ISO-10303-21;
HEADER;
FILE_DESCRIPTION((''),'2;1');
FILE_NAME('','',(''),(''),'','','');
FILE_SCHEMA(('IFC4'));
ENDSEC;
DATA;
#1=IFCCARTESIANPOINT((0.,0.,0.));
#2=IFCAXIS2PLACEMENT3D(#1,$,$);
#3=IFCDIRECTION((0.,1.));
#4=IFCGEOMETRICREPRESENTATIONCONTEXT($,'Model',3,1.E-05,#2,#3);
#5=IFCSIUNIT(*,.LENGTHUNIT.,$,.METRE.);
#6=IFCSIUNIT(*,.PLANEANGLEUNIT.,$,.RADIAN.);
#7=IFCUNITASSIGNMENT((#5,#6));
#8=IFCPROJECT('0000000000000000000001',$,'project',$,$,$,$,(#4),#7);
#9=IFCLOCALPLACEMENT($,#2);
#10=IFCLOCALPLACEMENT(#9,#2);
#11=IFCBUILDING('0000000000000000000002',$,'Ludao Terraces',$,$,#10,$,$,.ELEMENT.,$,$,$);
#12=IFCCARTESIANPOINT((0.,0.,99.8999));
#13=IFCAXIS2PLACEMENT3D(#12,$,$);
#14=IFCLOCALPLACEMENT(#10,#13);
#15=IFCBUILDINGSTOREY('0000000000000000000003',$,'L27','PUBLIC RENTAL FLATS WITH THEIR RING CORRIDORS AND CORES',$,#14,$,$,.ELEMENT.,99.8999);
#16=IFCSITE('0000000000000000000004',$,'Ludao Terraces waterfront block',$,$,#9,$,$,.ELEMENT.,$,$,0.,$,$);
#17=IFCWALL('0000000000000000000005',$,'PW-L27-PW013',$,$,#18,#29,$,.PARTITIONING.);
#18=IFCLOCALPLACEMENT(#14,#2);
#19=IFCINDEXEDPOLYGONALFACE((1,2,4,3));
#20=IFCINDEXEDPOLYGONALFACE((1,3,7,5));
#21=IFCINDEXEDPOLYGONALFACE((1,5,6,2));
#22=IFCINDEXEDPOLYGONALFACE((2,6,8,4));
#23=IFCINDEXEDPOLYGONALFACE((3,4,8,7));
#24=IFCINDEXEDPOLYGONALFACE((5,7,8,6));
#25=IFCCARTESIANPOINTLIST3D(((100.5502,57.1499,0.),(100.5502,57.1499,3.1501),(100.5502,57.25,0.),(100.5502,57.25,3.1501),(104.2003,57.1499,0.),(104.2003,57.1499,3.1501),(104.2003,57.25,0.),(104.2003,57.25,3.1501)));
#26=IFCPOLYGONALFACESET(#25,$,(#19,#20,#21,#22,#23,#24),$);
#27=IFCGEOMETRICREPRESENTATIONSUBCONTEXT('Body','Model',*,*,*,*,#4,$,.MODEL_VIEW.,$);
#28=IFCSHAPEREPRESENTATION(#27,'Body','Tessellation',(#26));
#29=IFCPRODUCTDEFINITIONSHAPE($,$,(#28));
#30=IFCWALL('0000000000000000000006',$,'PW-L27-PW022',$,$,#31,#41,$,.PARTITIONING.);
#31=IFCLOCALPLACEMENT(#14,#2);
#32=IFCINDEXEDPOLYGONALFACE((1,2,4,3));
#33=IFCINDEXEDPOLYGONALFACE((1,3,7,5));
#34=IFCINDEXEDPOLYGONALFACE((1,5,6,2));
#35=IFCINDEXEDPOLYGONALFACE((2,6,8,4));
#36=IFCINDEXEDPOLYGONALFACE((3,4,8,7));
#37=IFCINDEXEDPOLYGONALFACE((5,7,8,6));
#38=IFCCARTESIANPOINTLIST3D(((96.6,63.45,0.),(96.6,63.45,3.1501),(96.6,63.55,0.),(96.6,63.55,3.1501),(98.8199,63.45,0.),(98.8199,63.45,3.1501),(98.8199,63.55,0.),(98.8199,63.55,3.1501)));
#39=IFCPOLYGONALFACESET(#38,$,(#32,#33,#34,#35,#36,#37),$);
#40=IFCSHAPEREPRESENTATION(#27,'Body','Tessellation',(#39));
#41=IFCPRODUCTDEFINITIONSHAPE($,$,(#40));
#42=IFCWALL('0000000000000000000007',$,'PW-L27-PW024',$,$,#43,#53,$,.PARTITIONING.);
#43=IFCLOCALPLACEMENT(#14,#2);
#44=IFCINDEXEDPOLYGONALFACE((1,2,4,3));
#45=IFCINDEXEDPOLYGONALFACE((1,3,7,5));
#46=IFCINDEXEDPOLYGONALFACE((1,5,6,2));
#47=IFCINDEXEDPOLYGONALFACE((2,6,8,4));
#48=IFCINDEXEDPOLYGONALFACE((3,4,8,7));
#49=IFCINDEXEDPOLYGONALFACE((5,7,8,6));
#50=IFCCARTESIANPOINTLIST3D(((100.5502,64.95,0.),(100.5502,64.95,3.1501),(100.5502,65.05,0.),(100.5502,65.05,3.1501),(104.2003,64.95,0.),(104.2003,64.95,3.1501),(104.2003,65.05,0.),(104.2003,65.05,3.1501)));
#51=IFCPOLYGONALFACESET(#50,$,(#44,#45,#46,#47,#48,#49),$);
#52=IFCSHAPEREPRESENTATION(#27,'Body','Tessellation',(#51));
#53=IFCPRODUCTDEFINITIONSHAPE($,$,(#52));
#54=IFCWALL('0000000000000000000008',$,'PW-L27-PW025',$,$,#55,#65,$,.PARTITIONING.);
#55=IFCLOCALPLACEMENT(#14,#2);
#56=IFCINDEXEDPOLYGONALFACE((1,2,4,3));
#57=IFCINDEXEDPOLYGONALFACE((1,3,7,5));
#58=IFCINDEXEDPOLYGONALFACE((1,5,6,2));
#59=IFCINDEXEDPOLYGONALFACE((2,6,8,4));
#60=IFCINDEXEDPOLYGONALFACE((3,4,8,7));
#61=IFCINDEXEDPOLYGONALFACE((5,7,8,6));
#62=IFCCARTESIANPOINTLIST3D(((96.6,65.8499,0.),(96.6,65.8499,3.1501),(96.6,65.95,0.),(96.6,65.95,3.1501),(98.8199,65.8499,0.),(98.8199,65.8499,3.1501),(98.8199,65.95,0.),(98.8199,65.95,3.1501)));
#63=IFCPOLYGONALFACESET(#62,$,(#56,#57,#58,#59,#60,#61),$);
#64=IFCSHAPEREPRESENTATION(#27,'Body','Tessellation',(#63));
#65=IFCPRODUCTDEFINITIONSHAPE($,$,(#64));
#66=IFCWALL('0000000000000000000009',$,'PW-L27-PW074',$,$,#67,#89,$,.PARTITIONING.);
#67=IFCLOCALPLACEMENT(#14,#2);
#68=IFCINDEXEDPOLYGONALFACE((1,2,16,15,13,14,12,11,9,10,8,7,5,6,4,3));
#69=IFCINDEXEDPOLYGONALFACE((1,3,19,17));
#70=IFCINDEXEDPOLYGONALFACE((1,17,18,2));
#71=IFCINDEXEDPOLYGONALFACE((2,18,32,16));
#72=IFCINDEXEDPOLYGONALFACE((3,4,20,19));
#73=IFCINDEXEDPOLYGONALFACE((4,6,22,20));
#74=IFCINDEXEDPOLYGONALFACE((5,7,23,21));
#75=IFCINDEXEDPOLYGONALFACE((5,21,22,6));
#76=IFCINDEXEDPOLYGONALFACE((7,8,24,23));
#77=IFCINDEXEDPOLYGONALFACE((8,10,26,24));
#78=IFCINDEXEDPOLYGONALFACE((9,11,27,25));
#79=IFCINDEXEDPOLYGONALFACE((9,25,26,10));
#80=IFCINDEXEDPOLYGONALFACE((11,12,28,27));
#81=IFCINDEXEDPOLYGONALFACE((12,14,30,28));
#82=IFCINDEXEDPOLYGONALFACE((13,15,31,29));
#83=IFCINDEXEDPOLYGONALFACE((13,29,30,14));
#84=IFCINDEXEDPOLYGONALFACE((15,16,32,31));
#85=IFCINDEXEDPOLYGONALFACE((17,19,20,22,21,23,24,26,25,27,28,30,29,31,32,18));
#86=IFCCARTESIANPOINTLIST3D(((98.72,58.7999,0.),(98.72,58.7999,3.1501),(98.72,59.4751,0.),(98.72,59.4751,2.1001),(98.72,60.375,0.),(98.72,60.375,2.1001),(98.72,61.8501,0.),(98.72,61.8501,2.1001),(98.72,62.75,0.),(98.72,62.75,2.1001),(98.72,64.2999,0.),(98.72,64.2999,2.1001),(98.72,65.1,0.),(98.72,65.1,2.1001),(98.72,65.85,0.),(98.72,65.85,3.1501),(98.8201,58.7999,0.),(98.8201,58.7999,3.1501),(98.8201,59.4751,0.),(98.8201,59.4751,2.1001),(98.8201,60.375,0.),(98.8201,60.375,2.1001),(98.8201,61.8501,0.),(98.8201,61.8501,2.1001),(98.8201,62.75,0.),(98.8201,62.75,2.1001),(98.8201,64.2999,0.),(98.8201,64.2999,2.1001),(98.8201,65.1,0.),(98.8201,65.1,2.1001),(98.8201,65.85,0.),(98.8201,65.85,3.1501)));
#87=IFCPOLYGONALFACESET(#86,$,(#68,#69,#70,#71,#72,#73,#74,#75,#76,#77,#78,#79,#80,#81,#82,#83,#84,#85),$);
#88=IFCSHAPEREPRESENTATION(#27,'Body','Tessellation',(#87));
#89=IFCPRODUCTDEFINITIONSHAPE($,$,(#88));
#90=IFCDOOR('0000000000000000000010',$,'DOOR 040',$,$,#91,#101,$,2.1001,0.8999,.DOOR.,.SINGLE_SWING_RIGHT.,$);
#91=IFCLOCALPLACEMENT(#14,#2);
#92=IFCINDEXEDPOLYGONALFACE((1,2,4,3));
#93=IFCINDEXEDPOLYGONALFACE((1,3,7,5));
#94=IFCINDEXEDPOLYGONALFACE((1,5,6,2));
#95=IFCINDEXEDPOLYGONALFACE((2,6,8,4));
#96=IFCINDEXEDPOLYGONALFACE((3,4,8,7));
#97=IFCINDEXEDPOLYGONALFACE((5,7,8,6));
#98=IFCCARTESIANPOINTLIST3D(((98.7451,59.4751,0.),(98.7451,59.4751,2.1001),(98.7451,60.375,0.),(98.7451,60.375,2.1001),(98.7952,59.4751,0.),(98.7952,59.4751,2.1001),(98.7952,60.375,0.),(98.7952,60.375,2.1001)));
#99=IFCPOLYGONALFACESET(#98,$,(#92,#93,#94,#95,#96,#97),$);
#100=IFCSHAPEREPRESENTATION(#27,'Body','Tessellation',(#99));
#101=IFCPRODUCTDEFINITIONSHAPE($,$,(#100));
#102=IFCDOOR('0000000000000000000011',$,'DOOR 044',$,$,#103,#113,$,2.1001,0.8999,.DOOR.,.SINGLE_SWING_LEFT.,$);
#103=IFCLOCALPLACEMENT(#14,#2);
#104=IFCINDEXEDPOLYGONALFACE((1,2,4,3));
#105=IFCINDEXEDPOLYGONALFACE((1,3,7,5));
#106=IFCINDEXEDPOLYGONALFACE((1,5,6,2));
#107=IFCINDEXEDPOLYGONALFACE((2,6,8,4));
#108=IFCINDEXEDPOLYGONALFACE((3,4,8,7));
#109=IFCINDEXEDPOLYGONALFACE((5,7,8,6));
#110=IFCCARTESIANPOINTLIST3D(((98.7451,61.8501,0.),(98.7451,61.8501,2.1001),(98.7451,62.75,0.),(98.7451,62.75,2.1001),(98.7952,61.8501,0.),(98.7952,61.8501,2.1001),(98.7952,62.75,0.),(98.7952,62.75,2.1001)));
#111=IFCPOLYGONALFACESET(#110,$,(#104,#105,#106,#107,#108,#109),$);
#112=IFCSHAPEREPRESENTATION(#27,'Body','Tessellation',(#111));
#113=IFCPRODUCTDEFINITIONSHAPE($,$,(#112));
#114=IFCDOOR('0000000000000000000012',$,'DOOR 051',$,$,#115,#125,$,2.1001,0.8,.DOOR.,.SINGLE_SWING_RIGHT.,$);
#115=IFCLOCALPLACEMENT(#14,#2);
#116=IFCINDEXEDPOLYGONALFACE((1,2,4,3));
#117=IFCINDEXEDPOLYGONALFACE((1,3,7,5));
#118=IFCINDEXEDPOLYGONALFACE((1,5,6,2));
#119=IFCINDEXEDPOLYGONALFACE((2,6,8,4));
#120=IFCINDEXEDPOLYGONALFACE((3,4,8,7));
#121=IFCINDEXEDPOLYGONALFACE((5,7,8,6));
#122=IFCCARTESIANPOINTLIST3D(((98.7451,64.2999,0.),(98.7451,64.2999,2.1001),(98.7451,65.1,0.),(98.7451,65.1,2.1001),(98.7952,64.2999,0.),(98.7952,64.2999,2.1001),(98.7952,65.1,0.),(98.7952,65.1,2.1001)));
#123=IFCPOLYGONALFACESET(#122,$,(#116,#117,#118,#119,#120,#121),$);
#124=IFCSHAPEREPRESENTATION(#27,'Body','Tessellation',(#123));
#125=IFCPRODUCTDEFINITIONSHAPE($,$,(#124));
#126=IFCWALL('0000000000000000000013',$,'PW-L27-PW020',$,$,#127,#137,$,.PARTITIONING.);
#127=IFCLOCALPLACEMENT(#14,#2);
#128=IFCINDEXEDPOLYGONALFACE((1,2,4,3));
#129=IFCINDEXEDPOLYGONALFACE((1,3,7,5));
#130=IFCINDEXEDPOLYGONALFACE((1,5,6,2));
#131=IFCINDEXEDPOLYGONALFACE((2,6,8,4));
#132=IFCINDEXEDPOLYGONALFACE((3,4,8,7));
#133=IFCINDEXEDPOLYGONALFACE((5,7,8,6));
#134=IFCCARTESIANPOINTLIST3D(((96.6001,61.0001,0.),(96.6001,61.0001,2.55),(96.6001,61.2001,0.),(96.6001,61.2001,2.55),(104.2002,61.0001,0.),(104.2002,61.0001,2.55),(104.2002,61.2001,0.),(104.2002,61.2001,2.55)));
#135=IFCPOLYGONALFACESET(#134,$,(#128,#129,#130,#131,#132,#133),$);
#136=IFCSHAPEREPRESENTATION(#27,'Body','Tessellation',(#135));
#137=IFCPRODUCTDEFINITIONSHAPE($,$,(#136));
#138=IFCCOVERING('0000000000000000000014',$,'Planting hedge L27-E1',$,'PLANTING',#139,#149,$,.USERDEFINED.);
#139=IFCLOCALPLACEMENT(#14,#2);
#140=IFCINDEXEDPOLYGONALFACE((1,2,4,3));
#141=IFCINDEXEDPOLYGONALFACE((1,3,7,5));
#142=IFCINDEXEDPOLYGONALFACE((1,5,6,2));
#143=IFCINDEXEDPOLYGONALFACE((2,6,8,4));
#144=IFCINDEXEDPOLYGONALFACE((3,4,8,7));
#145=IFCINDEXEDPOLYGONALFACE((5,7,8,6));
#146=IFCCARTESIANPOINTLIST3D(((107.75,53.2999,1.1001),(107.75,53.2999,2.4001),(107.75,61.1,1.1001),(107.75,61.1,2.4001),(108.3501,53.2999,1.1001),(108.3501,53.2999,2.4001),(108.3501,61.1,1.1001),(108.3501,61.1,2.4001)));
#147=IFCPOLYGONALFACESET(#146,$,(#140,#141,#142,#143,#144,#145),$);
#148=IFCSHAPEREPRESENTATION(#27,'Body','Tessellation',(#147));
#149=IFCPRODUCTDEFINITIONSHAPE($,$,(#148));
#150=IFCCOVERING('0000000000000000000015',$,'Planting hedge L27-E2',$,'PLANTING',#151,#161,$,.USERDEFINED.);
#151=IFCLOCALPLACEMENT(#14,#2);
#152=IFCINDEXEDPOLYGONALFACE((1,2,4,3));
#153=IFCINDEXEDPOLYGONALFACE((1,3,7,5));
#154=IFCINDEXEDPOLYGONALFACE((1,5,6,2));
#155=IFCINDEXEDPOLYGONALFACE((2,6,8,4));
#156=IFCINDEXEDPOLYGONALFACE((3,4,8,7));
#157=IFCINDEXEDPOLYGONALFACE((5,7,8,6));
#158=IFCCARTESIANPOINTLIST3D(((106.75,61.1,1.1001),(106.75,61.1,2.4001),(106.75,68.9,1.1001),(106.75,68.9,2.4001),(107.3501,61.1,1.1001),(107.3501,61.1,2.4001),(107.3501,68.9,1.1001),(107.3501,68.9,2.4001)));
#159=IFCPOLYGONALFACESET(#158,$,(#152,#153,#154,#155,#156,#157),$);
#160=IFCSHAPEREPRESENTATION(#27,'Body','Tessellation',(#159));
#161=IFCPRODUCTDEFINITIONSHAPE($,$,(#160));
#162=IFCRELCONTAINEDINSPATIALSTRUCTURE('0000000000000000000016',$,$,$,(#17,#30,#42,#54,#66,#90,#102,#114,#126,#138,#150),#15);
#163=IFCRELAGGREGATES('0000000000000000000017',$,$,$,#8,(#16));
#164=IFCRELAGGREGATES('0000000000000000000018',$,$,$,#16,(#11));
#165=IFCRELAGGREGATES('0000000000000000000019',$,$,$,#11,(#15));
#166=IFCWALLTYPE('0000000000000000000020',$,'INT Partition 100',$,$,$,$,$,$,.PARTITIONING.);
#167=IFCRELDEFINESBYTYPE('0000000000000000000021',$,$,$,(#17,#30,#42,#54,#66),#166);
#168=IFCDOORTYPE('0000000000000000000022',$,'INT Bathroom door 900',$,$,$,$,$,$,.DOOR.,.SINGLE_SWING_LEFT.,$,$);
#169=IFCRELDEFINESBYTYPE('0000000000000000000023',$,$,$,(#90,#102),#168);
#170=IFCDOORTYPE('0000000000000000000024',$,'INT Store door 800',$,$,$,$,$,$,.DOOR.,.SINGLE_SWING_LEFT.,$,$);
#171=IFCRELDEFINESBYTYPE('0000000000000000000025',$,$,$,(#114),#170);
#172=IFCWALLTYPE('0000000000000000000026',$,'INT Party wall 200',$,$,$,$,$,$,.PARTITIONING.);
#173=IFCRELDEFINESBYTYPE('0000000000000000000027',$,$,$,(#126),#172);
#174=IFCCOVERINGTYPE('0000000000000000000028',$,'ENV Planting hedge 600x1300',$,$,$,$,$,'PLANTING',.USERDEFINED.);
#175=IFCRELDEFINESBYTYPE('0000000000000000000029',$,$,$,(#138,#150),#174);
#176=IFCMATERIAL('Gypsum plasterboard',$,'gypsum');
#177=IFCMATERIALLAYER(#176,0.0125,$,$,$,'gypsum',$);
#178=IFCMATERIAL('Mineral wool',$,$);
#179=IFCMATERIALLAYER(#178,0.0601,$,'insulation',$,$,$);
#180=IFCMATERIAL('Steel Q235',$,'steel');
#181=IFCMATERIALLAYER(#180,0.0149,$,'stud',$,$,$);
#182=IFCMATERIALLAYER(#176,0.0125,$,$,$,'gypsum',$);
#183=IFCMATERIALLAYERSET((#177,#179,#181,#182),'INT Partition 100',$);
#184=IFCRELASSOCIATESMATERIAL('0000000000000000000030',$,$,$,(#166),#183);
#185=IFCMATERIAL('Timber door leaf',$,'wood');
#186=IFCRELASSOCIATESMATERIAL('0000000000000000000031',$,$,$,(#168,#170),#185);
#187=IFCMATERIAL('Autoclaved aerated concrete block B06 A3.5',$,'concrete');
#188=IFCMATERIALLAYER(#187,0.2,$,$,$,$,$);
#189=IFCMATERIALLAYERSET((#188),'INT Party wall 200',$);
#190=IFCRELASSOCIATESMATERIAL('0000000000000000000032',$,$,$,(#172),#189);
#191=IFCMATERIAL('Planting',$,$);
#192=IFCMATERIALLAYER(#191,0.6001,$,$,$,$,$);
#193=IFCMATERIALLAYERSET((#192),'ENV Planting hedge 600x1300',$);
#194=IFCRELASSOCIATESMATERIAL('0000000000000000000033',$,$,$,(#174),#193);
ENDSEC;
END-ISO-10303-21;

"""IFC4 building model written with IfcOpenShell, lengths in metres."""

from ifc_helpers import new_model, si_unit, direction, frame, frame_2d, origin, origin_2d, place, context, subcontext, project, spatial, rectangle, extrude, material, layer, layer_set, type_object, element, fill, save


model = new_model("IFC4")

# Units and contexts
model_context = context("Model", 3, precision=1e-05, world=origin(), true_north=direction((0.0, 1.0)))
body_context = subcontext(model_context, "Body", "Model", "MODEL_VIEW")
ifc_project = project(units=[si_unit("LENGTHUNIT", "METRE"), si_unit("PLANEANGLEUNIT", "RADIAN")], contexts=[model_context])

# Site, building, storey
site_placement = place(None, origin())
site = spatial("IfcSite", under=ifc_project, at=site_placement, Name="Ludao Terraces waterfront block", CompositionType="ELEMENT", RefElevation=0.0)
building_placement = place(site_placement, origin())
building = spatial("IfcBuilding", under=site, at=building_placement, Name="Ludao Terraces", CompositionType="ELEMENT")
storey_placement = place(building_placement, frame((0.0, 0.0, 99.8999)))
storey = spatial("IfcBuildingStorey", under=building, at=storey_placement, Name="L27", Description="PUBLIC RENTAL FLATS WITH THEIR RING CORRIDORS AND CORES", CompositionType="ELEMENT", Elevation=99.8999)

# Shared definitions
ifc_material_1 = material(Name="Mineral wool")

# Shared definitions
ifc_material_2 = material(Name="Autoclaved aerated concrete block B06 A3.5", Category="concrete")
ifc_material_3 = material(Name="Steel Q235", Category="steel")

# Walls
ifc_material_4 = material(Name="Gypsum plasterboard", Category="gypsum")
ifc_layer_1 = layer(ifc_material_4, 0.0125, Category="gypsum")
ifc_layer_2 = layer(ifc_material_1, 0.0601, Name="insulation")
ifc_layer_3 = layer(ifc_material_3, 0.0149, Name="stud")
ifc_layer_4 = layer(ifc_material_4, 0.0125, Category="gypsum")
ifc_layer_set_1 = layer_set([ifc_layer_1, ifc_layer_2, ifc_layer_3, ifc_layer_4], Name="INT Partition 100")
wall_type_1 = type_object("IfcWallType", Name="INT Partition 100", PredefinedType="PARTITIONING", material=ifc_layer_set_1)
wall_1_placement = place(storey_placement, frame((100.55, 57.2, 0.0), z_axis=(0.0, 0.0, 1.0), x_axis=(1.0, 0.0, 0.0)))
element("IfcWall", 1, at=wall_1_placement, inside=storey, type_object=wall_type_1, Name="PW-L27-PW013", PredefinedType="PARTITIONING", context=body_context, shape_type="SweptSolid", body=[
    extrude(rectangle(XDim=3.6501, YDim=0.1001, at=frame_2d((1.8252, 0.0))), origin(), (0.0, 0.0, 1.0), 3.1501),
])
wall_2_placement = place(storey_placement, frame((96.6001, 63.5, 0.0), z_axis=(0.0, 0.0, 1.0), x_axis=(1.0, 0.0, 0.0)))
element("IfcWall", 2, at=wall_2_placement, inside=storey, type_object=wall_type_1, Name="PW-L27-PW022", PredefinedType="PARTITIONING", context=body_context, shape_type="SweptSolid", body=[
    extrude(rectangle(XDim=2.22, YDim=0.1001, at=frame_2d((1.1099, 0.0))), origin(), (0.0, 0.0, 1.0), 3.1501),
])
wall_3_placement = place(storey_placement, frame((100.55, 65.0, 0.0), z_axis=(0.0, 0.0, 1.0), x_axis=(1.0, 0.0, 0.0)))
element("IfcWall", 3, at=wall_3_placement, inside=storey, type_object=wall_type_1, Name="PW-L27-PW024", PredefinedType="PARTITIONING", context=body_context, shape_type="SweptSolid", body=[
    extrude(rectangle(XDim=3.6501, YDim=0.1001, at=frame_2d((1.8252, 0.0))), origin(), (0.0, 0.0, 1.0), 3.1501),
])
wall_4_placement = place(storey_placement, frame((96.6001, 65.8999, 0.0), z_axis=(0.0, 0.0, 1.0), x_axis=(1.0, 0.0, 0.0)))
element("IfcWall", 4, at=wall_4_placement, inside=storey, type_object=wall_type_1, Name="PW-L27-PW025", PredefinedType="PARTITIONING", context=body_context, shape_type="SweptSolid", body=[
    extrude(rectangle(XDim=2.22, YDim=0.1001, at=frame_2d((1.1099, 0.0))), origin(), (0.0, 0.0, 1.0), 3.1501),
])

# Wall, openings, doors
wall_5_placement = place(storey_placement, frame((98.77, 58.8, 0.0), z_axis=(0.0, 0.0, 1.0), x_axis=(0.0, 1.0, 0.0)))
wall_5 = element("IfcWall", 5, at=wall_5_placement, inside=storey, type_object=wall_type_1, Name="PW-L27-PW074", PredefinedType="PARTITIONING", context=body_context, shape_type="SweptSolid", body=[
    extrude(rectangle(XDim=7.05, YDim=0.1001, at=frame_2d((3.5249, 0.0))), origin(), (0.0, 0.0, 1.0), 3.1501),
])
opening_1_placement = place(wall_5_placement, frame((0.675, 0.0, 0.0)))
opening_1 = element("IfcOpeningElement", 6, at=opening_1_placement, cuts=wall_5, PredefinedType="OPENING", context=body_context, shape_type="SweptSolid", body=[
    extrude(rectangle(XDim=0.8999, YDim=2.1001, at=frame_2d((0.45, 1.05))), frame((0.0, 0.0601, 0.0), z_axis=(0.0, -1.0, 0.0), x_axis=(1.0, 0.0, 0.0)), (0.0, 0.0, 1.0), 0.1201),
])
opening_2_placement = place(wall_5_placement, frame((3.05, 0.0, 0.0)))
opening_2 = element("IfcOpeningElement", 7, at=opening_2_placement, cuts=wall_5, PredefinedType="OPENING", context=body_context, shape_type="SweptSolid", body=[
    extrude(rectangle(XDim=0.8999, YDim=2.1001, at=frame_2d((0.45, 1.05))), frame((0.0, 0.0601, 0.0), z_axis=(0.0, -1.0, 0.0), x_axis=(1.0, 0.0, 0.0)), (0.0, 0.0, 1.0), 0.1201),
])
opening_3_placement = place(wall_5_placement, frame((5.5, 0.0, 0.0)))
opening_3 = element("IfcOpeningElement", 8, at=opening_3_placement, cuts=wall_5, PredefinedType="OPENING", context=body_context, shape_type="SweptSolid", body=[
    extrude(rectangle(XDim=0.8, YDim=2.1001, at=frame_2d((0.3999, 1.05))), frame((0.0, 0.0601, 0.0), z_axis=(0.0, -1.0, 0.0), x_axis=(1.0, 0.0, 0.0)), (0.0, 0.0, 1.0), 0.1201),
])
ifc_material_5 = material(Name="Timber door leaf", Category="wood")
door_type_1 = type_object("IfcDoorType", Name="INT Bathroom door 900", OperationType="SINGLE_SWING_LEFT", PredefinedType="DOOR", material=ifc_material_5)
door_1_placement = place(opening_1_placement, origin())
door_1 = element("IfcDoor", 9, at=door_1_placement, inside=storey, type_object=door_type_1, Name="DOOR 040", OperationType="SINGLE_SWING_RIGHT", OverallHeight=2.1001, OverallWidth=0.8999, PredefinedType="DOOR", context=body_context, shape_type="SweptSolid", body=[
    extrude(rectangle(XDim=0.8999, YDim=2.1001, at=frame_2d((0.45, 1.05))), frame((0.0, 0.0249, 0.0), z_axis=(0.0, -1.0, 0.0), x_axis=(1.0, 0.0, 0.0)), (0.0, 0.0, 1.0), 0.05),
])
fill(opening_1, door_1)
door_2_placement = place(opening_2_placement, origin())
door_2 = element("IfcDoor", 10, at=door_2_placement, inside=storey, type_object=door_type_1, Name="DOOR 044", OperationType="SINGLE_SWING_LEFT", OverallHeight=2.1001, OverallWidth=0.8999, PredefinedType="DOOR", context=body_context, shape_type="SweptSolid", body=[
    extrude(rectangle(XDim=0.8999, YDim=2.1001, at=frame_2d((0.45, 1.05))), frame((0.0, 0.0249, 0.0), z_axis=(0.0, -1.0, 0.0), x_axis=(1.0, 0.0, 0.0)), (0.0, 0.0, 1.0), 0.05),
])
fill(opening_2, door_2)
door_type_2 = type_object("IfcDoorType", Name="INT Store door 800", OperationType="SINGLE_SWING_LEFT", PredefinedType="DOOR", material=ifc_material_5)
door_3_placement = place(opening_3_placement, origin())
door_3 = element("IfcDoor", 11, at=door_3_placement, inside=storey, type_object=door_type_2, Name="DOOR 051", OperationType="SINGLE_SWING_RIGHT", OverallHeight=2.1001, OverallWidth=0.8, PredefinedType="DOOR", context=body_context, shape_type="SweptSolid", body=[
    extrude(rectangle(XDim=0.8, YDim=2.1001, at=frame_2d((0.3999, 1.05))), frame((0.0, 0.0249, 0.0), z_axis=(0.0, -1.0, 0.0), x_axis=(1.0, 0.0, 0.0)), (0.0, 0.0, 1.0), 0.05),
])
fill(opening_3, door_3)

# Wall
ifc_layer_5 = layer(ifc_material_2, 0.2)
ifc_layer_set_2 = layer_set([ifc_layer_5], Name="INT Party wall 200")
wall_type_2 = type_object("IfcWallType", Name="INT Party wall 200", PredefinedType="PARTITIONING", material=ifc_layer_set_2)
wall_6_placement = place(storey_placement, frame((96.6001, 61.1001, 0.0), z_axis=(0.0, 0.0, 1.0), x_axis=(1.0, 0.0, 0.0)))
element("IfcWall", 12, at=wall_6_placement, inside=storey, type_object=wall_type_2, Name="PW-L27-PW020", PredefinedType="PARTITIONING", context=body_context, shape_type="SweptSolid", body=[
    extrude(rectangle(XDim=7.6001, YDim=0.2, at=frame_2d((3.8, 0.0))), origin(), (0.0, 0.0, 1.0), 2.55),
])

# Coverings
ifc_material_6 = material(Name="Planting")
ifc_layer_6 = layer(ifc_material_6, 0.6001)
ifc_layer_set_3 = layer_set([ifc_layer_6], Name="ENV Planting hedge 600x1300")
covering_type = type_object("IfcCoveringType", Name="ENV Planting hedge 600x1300", ElementType="PLANTING", PredefinedType="USERDEFINED", material=ifc_layer_set_3)
for number, where, z_axis, x_axis, name in (
    (13, (108.05, 57.2, 1.1001), (0.0, 0.0, 1.0), (1.0, 0.0, 0.0), "Planting hedge L27-E1"),
    (14, (107.05, 65.0, 1.1001), (0.0, 0.0, 1.0), (1.0, 0.0, 0.0), "Planting hedge L27-E2"),
):
    element("IfcCovering", number, at=place(storey_placement, frame(where, z_axis=z_axis, x_axis=x_axis)), inside=storey, type_object=covering_type, Name=name, ObjectType="PLANTING", PredefinedType="USERDEFINED", context=body_context, shape_type="SweptSolid", body=[
        extrude(rectangle(XDim=0.6001, YDim=7.8, at=origin_2d()), origin(), (0.0, 0.0, 1.0), 1.3),
    ])

save(model, "model.ifc")
